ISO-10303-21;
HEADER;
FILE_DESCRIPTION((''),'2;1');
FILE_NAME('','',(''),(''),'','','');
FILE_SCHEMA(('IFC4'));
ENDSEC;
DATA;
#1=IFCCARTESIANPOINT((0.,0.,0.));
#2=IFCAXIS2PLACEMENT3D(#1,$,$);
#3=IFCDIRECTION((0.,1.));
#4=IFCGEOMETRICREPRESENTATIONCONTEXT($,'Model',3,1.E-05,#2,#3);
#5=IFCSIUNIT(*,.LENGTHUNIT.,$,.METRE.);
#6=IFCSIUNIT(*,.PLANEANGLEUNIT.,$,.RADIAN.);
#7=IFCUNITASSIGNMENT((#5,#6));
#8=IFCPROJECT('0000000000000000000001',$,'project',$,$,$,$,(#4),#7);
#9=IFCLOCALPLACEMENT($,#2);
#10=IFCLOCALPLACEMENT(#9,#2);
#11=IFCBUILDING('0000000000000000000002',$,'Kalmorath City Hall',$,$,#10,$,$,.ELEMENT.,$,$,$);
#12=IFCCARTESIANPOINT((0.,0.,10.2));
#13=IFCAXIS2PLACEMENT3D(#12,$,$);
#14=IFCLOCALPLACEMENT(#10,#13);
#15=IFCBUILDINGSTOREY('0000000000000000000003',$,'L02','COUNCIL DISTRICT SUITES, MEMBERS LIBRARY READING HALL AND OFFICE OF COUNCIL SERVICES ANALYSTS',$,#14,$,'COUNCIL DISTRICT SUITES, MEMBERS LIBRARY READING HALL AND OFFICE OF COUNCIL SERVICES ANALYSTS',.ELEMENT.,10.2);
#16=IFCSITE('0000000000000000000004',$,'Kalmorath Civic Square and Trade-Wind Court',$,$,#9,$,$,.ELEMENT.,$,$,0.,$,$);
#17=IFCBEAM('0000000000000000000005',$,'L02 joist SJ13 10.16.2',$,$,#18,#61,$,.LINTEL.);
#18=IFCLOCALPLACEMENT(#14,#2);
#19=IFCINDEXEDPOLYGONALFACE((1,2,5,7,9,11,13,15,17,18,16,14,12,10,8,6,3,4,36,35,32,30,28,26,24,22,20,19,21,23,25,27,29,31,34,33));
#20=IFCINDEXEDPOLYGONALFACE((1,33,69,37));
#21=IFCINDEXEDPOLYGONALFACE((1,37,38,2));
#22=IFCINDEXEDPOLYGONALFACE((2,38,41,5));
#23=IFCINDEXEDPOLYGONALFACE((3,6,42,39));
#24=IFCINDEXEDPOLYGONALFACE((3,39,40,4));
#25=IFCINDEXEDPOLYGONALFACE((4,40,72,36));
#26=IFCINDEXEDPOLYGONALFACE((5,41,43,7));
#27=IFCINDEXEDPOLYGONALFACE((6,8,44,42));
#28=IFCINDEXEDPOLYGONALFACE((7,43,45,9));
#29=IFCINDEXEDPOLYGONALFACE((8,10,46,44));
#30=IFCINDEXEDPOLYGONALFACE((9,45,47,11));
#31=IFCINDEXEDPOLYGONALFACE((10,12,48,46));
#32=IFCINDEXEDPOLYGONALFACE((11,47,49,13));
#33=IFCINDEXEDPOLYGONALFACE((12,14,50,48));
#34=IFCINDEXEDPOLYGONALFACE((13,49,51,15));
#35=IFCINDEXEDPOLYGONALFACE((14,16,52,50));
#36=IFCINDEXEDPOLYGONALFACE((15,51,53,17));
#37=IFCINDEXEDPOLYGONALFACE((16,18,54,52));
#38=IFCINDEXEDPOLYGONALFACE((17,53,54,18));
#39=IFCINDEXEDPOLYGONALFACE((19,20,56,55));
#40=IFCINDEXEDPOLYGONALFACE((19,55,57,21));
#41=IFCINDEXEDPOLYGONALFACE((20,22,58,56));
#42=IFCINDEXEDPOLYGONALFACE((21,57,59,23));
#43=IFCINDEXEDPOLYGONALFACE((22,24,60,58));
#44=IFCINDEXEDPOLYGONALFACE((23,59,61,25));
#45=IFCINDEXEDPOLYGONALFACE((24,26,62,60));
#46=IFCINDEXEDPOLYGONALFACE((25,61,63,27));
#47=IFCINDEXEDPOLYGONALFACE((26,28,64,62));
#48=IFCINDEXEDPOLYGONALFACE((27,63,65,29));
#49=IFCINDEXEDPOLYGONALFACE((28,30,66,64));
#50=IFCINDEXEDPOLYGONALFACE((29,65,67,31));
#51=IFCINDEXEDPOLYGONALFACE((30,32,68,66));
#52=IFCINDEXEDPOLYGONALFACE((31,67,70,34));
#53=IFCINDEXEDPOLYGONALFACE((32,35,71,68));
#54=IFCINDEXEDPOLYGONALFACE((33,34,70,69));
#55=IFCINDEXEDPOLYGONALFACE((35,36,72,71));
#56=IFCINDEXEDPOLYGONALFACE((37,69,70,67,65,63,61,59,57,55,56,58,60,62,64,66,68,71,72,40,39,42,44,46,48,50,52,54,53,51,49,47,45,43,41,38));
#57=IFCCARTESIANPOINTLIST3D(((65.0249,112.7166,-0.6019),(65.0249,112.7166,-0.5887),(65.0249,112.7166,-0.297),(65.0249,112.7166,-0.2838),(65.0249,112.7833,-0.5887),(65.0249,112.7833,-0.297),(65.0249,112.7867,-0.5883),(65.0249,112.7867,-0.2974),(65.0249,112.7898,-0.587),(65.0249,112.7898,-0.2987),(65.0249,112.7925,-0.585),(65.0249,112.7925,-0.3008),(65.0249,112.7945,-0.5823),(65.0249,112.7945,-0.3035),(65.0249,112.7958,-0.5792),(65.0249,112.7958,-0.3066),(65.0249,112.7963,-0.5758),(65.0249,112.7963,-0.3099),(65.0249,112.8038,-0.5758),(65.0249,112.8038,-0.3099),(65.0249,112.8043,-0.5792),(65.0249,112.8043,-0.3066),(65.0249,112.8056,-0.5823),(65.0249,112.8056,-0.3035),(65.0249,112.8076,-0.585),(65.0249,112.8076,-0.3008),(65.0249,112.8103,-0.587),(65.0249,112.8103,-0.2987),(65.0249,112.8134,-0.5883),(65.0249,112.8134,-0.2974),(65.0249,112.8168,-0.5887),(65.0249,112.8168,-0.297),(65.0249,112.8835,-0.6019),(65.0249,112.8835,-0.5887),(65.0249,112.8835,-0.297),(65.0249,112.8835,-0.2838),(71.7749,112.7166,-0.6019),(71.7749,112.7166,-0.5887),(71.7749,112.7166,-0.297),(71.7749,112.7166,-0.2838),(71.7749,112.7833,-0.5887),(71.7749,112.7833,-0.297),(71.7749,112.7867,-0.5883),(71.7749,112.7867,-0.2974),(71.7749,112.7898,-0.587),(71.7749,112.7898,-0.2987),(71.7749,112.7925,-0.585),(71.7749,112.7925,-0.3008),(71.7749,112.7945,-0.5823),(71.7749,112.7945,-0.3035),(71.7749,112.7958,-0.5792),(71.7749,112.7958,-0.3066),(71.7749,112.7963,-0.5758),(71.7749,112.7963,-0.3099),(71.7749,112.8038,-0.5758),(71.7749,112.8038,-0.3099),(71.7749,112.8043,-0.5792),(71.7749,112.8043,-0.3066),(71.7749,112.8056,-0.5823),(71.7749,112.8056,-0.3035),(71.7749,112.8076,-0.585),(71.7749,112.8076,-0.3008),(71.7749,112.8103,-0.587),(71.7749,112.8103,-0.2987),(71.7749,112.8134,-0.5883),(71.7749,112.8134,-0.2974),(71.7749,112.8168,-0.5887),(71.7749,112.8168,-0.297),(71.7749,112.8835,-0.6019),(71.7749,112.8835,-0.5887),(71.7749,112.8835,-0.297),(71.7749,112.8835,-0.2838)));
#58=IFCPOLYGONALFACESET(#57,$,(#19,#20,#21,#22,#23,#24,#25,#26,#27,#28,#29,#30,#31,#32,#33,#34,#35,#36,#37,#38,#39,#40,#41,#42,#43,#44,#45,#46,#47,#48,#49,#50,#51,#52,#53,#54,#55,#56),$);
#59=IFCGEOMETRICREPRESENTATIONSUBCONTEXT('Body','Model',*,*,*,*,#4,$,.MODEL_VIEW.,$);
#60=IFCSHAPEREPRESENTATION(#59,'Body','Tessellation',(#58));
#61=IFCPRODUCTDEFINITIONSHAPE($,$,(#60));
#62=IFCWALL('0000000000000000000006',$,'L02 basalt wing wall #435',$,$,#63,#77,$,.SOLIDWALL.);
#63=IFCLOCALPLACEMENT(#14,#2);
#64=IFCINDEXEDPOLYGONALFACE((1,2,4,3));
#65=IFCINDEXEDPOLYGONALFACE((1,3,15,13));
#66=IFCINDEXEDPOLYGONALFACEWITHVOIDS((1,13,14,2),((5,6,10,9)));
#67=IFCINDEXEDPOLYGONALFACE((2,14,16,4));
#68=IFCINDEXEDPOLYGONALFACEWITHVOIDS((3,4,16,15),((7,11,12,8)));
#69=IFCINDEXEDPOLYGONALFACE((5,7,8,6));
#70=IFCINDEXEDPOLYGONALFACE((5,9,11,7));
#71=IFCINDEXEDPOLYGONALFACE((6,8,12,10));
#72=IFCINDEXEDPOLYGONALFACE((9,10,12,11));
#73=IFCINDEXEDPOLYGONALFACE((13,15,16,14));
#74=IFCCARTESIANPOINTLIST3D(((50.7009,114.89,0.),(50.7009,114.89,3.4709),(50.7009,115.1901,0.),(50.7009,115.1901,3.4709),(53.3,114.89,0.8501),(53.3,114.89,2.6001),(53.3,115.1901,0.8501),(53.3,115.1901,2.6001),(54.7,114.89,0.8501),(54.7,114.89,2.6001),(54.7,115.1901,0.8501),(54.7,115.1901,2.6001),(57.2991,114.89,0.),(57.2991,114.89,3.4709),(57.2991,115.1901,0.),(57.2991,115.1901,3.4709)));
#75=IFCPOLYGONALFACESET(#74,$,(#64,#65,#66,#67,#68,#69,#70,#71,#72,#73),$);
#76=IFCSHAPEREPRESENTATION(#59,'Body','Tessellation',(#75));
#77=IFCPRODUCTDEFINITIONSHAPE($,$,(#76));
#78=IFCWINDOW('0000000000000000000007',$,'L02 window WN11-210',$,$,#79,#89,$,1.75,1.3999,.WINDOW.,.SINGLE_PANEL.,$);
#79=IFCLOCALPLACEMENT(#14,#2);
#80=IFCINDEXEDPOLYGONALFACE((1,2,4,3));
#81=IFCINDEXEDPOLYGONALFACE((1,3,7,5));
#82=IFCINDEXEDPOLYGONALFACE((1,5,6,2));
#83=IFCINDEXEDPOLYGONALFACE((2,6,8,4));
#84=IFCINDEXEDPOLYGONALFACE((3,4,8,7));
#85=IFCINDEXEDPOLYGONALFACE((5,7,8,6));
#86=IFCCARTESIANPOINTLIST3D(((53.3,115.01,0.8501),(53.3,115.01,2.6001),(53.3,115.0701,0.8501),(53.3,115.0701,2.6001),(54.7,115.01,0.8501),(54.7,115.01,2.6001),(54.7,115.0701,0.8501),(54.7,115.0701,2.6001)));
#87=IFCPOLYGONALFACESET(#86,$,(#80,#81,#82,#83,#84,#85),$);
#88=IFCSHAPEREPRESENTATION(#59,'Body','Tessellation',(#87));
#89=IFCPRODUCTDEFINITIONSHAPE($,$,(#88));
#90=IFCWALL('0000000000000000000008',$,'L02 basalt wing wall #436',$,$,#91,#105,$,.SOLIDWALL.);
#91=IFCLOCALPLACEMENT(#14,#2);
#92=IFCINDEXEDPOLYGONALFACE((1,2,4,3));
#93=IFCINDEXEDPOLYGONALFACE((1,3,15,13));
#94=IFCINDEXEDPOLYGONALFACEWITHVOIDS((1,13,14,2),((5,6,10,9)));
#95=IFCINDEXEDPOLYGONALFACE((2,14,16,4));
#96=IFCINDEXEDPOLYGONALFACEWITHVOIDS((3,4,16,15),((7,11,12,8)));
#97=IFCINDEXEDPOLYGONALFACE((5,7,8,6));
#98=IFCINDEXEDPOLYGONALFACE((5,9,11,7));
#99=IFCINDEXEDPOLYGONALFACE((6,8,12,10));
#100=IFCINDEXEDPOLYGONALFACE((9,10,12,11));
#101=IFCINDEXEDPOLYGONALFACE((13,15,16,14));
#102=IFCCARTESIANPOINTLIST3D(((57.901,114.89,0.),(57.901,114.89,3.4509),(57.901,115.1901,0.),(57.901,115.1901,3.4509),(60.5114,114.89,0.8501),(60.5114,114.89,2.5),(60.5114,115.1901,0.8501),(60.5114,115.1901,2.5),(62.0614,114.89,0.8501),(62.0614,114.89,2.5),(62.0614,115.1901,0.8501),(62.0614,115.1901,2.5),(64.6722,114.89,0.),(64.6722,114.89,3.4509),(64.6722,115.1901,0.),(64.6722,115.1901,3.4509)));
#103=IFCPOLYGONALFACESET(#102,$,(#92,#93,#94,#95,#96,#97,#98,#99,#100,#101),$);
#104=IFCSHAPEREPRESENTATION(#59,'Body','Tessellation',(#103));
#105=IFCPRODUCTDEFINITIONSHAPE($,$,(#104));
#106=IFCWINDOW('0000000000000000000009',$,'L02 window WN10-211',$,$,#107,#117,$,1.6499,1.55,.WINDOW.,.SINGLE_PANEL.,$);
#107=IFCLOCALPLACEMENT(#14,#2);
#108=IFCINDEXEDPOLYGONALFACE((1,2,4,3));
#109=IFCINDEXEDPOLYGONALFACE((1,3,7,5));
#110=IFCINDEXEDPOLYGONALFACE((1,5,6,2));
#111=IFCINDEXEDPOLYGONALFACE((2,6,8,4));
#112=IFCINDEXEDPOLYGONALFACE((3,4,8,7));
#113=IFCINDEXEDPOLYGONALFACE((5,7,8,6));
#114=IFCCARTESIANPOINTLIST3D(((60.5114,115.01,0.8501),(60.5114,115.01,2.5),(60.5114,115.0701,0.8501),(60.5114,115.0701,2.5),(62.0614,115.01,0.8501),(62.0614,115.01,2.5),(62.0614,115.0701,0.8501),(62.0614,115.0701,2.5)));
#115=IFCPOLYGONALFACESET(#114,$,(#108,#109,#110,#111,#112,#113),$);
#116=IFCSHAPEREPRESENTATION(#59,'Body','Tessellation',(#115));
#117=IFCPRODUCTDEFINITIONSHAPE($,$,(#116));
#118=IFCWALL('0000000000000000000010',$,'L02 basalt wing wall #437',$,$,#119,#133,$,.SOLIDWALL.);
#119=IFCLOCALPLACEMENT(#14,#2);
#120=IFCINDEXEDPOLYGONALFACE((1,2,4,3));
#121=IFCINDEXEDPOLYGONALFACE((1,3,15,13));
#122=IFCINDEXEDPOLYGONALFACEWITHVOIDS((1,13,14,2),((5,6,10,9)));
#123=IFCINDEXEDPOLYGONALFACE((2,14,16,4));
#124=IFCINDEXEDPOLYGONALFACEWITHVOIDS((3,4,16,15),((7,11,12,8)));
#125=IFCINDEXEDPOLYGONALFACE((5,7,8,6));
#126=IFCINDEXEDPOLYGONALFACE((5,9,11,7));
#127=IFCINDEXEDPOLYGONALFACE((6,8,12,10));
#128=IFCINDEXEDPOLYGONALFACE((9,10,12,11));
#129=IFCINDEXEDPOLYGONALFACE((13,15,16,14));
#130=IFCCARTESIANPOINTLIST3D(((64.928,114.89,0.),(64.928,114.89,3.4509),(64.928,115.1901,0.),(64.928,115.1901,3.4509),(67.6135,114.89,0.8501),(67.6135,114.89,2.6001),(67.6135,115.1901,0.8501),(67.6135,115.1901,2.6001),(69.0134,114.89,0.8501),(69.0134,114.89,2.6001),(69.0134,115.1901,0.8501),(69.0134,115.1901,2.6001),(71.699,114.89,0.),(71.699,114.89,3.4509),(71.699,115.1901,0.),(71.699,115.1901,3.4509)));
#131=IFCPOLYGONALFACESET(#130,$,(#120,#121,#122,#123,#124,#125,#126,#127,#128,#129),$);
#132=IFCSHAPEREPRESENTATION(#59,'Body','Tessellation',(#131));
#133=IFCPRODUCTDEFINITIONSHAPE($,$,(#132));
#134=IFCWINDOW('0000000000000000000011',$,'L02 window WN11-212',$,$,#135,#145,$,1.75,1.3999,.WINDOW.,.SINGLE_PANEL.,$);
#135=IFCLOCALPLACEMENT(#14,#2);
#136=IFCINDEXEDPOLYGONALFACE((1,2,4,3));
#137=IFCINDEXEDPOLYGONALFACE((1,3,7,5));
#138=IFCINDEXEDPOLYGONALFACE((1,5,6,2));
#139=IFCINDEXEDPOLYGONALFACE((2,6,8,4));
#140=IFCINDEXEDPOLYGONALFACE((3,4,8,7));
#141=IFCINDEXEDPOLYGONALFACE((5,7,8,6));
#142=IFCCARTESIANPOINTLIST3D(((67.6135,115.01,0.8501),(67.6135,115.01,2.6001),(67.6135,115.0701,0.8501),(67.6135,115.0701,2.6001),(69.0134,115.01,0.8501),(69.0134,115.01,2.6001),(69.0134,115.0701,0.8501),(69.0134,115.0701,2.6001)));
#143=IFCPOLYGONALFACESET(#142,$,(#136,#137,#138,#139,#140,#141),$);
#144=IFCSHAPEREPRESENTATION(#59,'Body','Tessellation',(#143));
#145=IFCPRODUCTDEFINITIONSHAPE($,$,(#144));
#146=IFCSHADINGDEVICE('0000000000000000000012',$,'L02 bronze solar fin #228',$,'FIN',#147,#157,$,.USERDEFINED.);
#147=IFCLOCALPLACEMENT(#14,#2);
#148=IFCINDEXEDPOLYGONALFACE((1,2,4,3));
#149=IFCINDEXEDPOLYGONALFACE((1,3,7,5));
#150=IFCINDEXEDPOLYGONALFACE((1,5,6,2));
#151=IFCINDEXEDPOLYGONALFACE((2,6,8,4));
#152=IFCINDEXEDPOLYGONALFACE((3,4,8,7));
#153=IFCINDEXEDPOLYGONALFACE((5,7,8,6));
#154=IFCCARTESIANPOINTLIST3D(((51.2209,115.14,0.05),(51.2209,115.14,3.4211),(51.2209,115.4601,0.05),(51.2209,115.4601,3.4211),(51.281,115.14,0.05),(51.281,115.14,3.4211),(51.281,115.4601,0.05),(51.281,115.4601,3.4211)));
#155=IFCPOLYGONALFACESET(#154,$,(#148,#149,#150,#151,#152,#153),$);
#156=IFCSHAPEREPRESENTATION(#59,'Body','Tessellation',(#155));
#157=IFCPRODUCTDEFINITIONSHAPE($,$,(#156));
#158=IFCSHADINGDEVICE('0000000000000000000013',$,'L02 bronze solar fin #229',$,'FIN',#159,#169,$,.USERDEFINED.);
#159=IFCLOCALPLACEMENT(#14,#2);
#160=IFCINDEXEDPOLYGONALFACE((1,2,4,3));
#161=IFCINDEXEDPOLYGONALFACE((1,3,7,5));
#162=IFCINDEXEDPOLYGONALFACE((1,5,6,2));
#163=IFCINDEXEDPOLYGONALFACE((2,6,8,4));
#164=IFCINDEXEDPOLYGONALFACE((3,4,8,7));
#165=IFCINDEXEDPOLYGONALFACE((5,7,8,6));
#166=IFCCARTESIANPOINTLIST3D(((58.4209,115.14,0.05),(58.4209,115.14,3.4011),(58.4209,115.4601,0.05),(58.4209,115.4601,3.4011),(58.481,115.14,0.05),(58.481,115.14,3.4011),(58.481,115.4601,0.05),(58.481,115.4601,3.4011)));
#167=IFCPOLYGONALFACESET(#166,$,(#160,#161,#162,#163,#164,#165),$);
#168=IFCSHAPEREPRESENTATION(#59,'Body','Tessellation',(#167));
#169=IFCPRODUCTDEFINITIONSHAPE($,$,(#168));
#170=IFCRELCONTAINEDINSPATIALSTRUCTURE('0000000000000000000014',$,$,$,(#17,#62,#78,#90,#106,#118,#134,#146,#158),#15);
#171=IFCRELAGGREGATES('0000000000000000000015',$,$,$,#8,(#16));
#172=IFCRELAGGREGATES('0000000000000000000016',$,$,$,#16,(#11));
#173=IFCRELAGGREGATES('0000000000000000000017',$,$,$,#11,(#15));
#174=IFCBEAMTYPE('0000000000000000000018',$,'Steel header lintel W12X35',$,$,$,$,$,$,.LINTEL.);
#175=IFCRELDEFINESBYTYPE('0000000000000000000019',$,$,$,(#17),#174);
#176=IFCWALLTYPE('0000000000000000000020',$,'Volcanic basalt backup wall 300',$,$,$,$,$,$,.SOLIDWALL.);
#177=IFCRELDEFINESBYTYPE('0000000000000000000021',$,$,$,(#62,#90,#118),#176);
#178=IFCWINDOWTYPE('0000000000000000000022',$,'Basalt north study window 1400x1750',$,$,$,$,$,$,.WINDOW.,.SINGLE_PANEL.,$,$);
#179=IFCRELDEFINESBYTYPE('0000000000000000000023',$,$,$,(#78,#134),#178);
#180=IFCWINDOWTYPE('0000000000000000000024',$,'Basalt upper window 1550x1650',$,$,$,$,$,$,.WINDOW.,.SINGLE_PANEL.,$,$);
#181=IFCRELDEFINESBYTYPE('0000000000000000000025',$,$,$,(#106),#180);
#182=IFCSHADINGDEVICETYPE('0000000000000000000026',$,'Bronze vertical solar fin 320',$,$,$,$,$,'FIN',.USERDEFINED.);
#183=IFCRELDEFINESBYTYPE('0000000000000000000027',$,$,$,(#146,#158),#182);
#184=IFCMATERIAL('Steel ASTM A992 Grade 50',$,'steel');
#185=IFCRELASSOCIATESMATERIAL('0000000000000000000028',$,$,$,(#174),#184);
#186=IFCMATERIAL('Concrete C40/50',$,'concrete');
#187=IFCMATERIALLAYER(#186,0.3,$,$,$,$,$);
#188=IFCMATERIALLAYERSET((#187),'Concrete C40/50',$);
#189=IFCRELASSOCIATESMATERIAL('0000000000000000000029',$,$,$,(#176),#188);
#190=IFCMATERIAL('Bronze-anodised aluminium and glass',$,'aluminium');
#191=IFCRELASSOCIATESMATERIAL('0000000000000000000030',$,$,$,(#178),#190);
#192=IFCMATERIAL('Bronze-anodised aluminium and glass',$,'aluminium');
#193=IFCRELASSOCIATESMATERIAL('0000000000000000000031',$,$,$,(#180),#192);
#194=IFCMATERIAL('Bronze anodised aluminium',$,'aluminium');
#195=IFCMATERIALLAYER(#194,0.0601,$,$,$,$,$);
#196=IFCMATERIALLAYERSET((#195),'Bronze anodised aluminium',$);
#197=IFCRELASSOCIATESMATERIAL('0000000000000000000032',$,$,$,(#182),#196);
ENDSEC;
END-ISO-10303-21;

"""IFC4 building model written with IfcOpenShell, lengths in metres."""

from ifc_helpers import new_model, si_unit, direction, frame, frame_2d, origin, origin_2d, place, context, subcontext, project, spatial, rectangle, i_section, extrude, material, layer, layer_set, material_profile, profile_set, type_object, element, fill, save


model = new_model("IFC4")

# Units and contexts
model_context = context("Model", 3, precision=1e-05, world=origin(), true_north=direction((0.0, 1.0)))
body_context = subcontext(model_context, "Body", "Model", "MODEL_VIEW")
ifc_project = project(units=[si_unit("LENGTHUNIT", "METRE"), si_unit("PLANEANGLEUNIT", "RADIAN")], contexts=[model_context])

# Site, building, storey
site_placement = place(None, origin())
site = spatial("IfcSite", under=ifc_project, at=site_placement, Name="Kalmorath Civic Square and Trade-Wind Court", CompositionType="ELEMENT", RefElevation=0.0)
building_placement = place(site_placement, origin())
building = spatial("IfcBuilding", under=site, at=building_placement, Name="Kalmorath City Hall", CompositionType="ELEMENT")
storey_placement = place(building_placement, frame((0.0, 0.0, 10.2)))
storey = spatial("IfcBuildingStorey", under=building, at=storey_placement, Name="L02", Description="COUNCIL DISTRICT SUITES, MEMBERS LIBRARY READING HALL AND OFFICE OF COUNCIL SERVICES ANALYSTS", LongName="COUNCIL DISTRICT SUITES, MEMBERS LIBRARY READING HALL AND OFFICE OF COUNCIL SERVICES ANALYSTS", CompositionType="ELEMENT", Elevation=10.2)

# Beam
ifc_material_1 = material(Name="Steel ASTM A992 Grade 50", Category="steel")
ifc_material_profile_1 = material_profile(ifc_material_1, i_section(OverallWidth=0.167, OverallDepth=0.3181, WebThickness=0.0076, FlangeThickness=0.0132, FilletRadius=0.0129, at=origin_2d()), Name="W12X35")
ifc_profile_set_1 = profile_set([ifc_material_profile_1], Name="Steel ASTM A992 Grade 50")
beam_type_1 = type_object("IfcBeamType", Name="Steel header lintel W12X35", PredefinedType="LINTEL", material=ifc_profile_set_1)
for number, where, z_axis, x_axis, name in (
    (1, (65.0249, 112.8, -0.4429), (1.0, 0.0, 0.0), (0.0, 1.0, 0.0), "L02 joist SJ13 10.16.2"),
):
    element("IfcBeam", number, at=place(storey_placement, frame(where, z_axis=z_axis, x_axis=x_axis)), inside=storey, type_object=beam_type_1, Name=name, PredefinedType="LINTEL", context=body_context, shape_type="SweptSolid", body=[
        extrude(i_section(OverallWidth=0.167, OverallDepth=0.3181, WebThickness=0.0076, FlangeThickness=0.0132, FilletRadius=0.0129, at=origin_2d()), origin(), (0.0, 0.0, 1.0), 6.75),
    ])

# Walls, openings, windows
ifc_material_2 = material(Name="Concrete C40/50", Category="concrete")
ifc_layer_1 = layer(ifc_material_2, 0.3)
ifc_layer_set_1 = layer_set([ifc_layer_1], Name="Concrete C40/50")
wall_type = type_object("IfcWallType", Name="Volcanic basalt backup wall 300", PredefinedType="SOLIDWALL", material=ifc_layer_set_1)
wall_1_placement = place(storey_placement, frame((50.7009, 115.04, 0.0), z_axis=(0.0, 0.0, 1.0), x_axis=(1.0, 0.0, 0.0)))
wall_1 = element("IfcWall", 2, at=wall_1_placement, inside=storey, type_object=wall_type, Name="L02 basalt wing wall #435", PredefinedType="SOLIDWALL", context=body_context, shape_type="SweptSolid", body=[
    extrude(rectangle(XDim=6.5981, YDim=0.3, at=frame_2d((3.2991, 0.0))), origin(), (0.0, 0.0, 1.0), 3.4709),
])
opening_1_placement = place(wall_1_placement, frame((2.5991, 0.0, 0.8501)))
opening_1 = element("IfcOpeningElement", 3, at=opening_1_placement, cuts=wall_1, PredefinedType="OPENING", context=body_context, shape_type="SweptSolid", body=[
    extrude(rectangle(XDim=1.3999, YDim=1.75, at=frame_2d((0.7, 0.875))), frame((0.0, 0.1599, 0.0), z_axis=(0.0, -1.0, 0.0), x_axis=(1.0, 0.0, 0.0)), (0.0, 0.0, 1.0), 0.3201),
])
ifc_material_3 = material(Name="Bronze-anodised aluminium and glass", Category="aluminium")
window_type_1 = type_object("IfcWindowType", Name="Basalt north study window 1400x1750", PartitioningType="SINGLE_PANEL", PredefinedType="WINDOW", material=ifc_material_3)
window_1_placement = place(opening_1_placement, origin())
window_1 = element("IfcWindow", 4, at=window_1_placement, inside=storey, type_object=window_type_1, Name="L02 window WN11-210", OverallHeight=1.75, OverallWidth=1.3999, PartitioningType="SINGLE_PANEL", PredefinedType="WINDOW", context=body_context, shape_type="SweptSolid", body=[
    extrude(rectangle(XDim=1.3999, YDim=1.75, at=frame_2d((0.7, 0.875))), frame((0.0, 0.03, 0.0), z_axis=(0.0, -1.0, 0.0), x_axis=(1.0, 0.0, 0.0)), (0.0, 0.0, 1.0), 0.0601),
])
fill(opening_1, window_1)
wall_2_placement = place(storey_placement, frame((57.9009, 115.04, 0.0), z_axis=(0.0, 0.0, 1.0), x_axis=(1.0, 0.0, 0.0)))
wall_2 = element("IfcWall", 5, at=wall_2_placement, inside=storey, type_object=wall_type, Name="L02 basalt wing wall #436", PredefinedType="SOLIDWALL", context=body_context, shape_type="SweptSolid", body=[
    extrude(rectangle(XDim=6.7712, YDim=0.3, at=frame_2d((3.3857, 0.0))), origin(), (0.0, 0.0, 1.0), 3.4509),
])
opening_2_placement = place(wall_2_placement, frame((2.6106, 0.0, 0.8501)))
opening_2 = element("IfcOpeningElement", 6, at=opening_2_placement, cuts=wall_2, PredefinedType="OPENING", context=body_context, shape_type="SweptSolid", body=[
    extrude(rectangle(XDim=1.55, YDim=1.6499, at=frame_2d((0.7749, 0.825))), frame((0.0, 0.1599, 0.0), z_axis=(0.0, -1.0, 0.0), x_axis=(1.0, 0.0, 0.0)), (0.0, 0.0, 1.0), 0.3201),
])
ifc_material_4 = material(Name="Bronze-anodised aluminium and glass", Category="aluminium")
window_type_2 = type_object("IfcWindowType", Name="Basalt upper window 1550x1650", PartitioningType="SINGLE_PANEL", PredefinedType="WINDOW", material=ifc_material_4)
window_2_placement = place(opening_2_placement, origin())
window_2 = element("IfcWindow", 7, at=window_2_placement, inside=storey, type_object=window_type_2, Name="L02 window WN10-211", OverallHeight=1.6499, OverallWidth=1.55, PartitioningType="SINGLE_PANEL", PredefinedType="WINDOW", context=body_context, shape_type="SweptSolid", body=[
    extrude(rectangle(XDim=1.55, YDim=1.6499, at=frame_2d((0.7749, 0.825))), frame((0.0, 0.03, 0.0), z_axis=(0.0, -1.0, 0.0), x_axis=(1.0, 0.0, 0.0)), (0.0, 0.0, 1.0), 0.0601),
])
fill(opening_2, window_2)
wall_3_placement = place(storey_placement, frame((64.928, 115.04, 0.0), z_axis=(0.0, 0.0, 1.0), x_axis=(1.0, 0.0, 0.0)))
wall_3 = element("IfcWall", 8, at=wall_3_placement, inside=storey, type_object=wall_type, Name="L02 basalt wing wall #437", PredefinedType="SOLIDWALL", context=body_context, shape_type="SweptSolid", body=[
    extrude(rectangle(XDim=6.771, YDim=0.3, at=frame_2d((3.3855, 0.0))), origin(), (0.0, 0.0, 1.0), 3.4509),
])
opening_3_placement = place(wall_3_placement, frame((2.6855, 0.0, 0.8501)))
opening_3 = element("IfcOpeningElement", 9, at=opening_3_placement, cuts=wall_3, PredefinedType="OPENING", context=body_context, shape_type="SweptSolid", body=[
    extrude(rectangle(XDim=1.3999, YDim=1.75, at=frame_2d((0.7, 0.875))), frame((0.0, 0.1599, 0.0), z_axis=(0.0, -1.0, 0.0), x_axis=(1.0, 0.0, 0.0)), (0.0, 0.0, 1.0), 0.3201),
])
window_3_placement = place(opening_3_placement, origin())
window_3 = element("IfcWindow", 10, at=window_3_placement, inside=storey, type_object=window_type_1, Name="L02 window WN11-212", OverallHeight=1.75, OverallWidth=1.3999, PartitioningType="SINGLE_PANEL", PredefinedType="WINDOW", context=body_context, shape_type="SweptSolid", body=[
    extrude(rectangle(XDim=1.3999, YDim=1.75, at=frame_2d((0.7, 0.875))), frame((0.0, 0.03, 0.0), z_axis=(0.0, -1.0, 0.0), x_axis=(1.0, 0.0, 0.0)), (0.0, 0.0, 1.0), 0.0601),
])
fill(opening_3, window_3)

# Shading devices
ifc_material_5 = material(Name="Bronze anodised aluminium", Category="aluminium")
ifc_layer_2 = layer(ifc_material_5, 0.0601)
ifc_layer_set_2 = layer_set([ifc_layer_2], Name="Bronze anodised aluminium")
shading_device_type = type_object("IfcShadingDeviceType", Name="Bronze vertical solar fin 320", ElementType="FIN", PredefinedType="USERDEFINED", material=ifc_layer_set_2)
shading_device_placement = place(storey_placement, frame((51.251, 115.3, 0.05), z_axis=(0.0, 0.0, 1.0), x_axis=(1.0, 0.0, 0.0)))
element("IfcShadingDevice", 11, at=shading_device_placement, inside=storey, type_object=shading_device_type, Name="L02 bronze solar fin #228", ObjectType="FIN", PredefinedType="USERDEFINED", context=body_context, shape_type="SweptSolid", body=[
    extrude(rectangle(XDim=0.0601, YDim=0.3201, at=origin_2d()), origin(), (0.0, 0.0, 1.0), 3.3711),
])
for number, where, z_axis, x_axis, name in (
    (12, (58.4509, 115.3, 0.05), (0.0, 0.0, 1.0), (1.0, 0.0, 0.0), "L02 bronze solar fin #229"),
):
    element("IfcShadingDevice", number, at=place(storey_placement, frame(where, z_axis=z_axis, x_axis=x_axis)), inside=storey, type_object=shading_device_type, Name=name, ObjectType="FIN", PredefinedType="USERDEFINED", context=body_context, shape_type="SweptSolid", body=[
        extrude(rectangle(XDim=0.0601, YDim=0.3201, at=origin_2d()), origin(), (0.0, 0.0, 1.0), 3.3511),
    ])

save(model, "model.ifc")
